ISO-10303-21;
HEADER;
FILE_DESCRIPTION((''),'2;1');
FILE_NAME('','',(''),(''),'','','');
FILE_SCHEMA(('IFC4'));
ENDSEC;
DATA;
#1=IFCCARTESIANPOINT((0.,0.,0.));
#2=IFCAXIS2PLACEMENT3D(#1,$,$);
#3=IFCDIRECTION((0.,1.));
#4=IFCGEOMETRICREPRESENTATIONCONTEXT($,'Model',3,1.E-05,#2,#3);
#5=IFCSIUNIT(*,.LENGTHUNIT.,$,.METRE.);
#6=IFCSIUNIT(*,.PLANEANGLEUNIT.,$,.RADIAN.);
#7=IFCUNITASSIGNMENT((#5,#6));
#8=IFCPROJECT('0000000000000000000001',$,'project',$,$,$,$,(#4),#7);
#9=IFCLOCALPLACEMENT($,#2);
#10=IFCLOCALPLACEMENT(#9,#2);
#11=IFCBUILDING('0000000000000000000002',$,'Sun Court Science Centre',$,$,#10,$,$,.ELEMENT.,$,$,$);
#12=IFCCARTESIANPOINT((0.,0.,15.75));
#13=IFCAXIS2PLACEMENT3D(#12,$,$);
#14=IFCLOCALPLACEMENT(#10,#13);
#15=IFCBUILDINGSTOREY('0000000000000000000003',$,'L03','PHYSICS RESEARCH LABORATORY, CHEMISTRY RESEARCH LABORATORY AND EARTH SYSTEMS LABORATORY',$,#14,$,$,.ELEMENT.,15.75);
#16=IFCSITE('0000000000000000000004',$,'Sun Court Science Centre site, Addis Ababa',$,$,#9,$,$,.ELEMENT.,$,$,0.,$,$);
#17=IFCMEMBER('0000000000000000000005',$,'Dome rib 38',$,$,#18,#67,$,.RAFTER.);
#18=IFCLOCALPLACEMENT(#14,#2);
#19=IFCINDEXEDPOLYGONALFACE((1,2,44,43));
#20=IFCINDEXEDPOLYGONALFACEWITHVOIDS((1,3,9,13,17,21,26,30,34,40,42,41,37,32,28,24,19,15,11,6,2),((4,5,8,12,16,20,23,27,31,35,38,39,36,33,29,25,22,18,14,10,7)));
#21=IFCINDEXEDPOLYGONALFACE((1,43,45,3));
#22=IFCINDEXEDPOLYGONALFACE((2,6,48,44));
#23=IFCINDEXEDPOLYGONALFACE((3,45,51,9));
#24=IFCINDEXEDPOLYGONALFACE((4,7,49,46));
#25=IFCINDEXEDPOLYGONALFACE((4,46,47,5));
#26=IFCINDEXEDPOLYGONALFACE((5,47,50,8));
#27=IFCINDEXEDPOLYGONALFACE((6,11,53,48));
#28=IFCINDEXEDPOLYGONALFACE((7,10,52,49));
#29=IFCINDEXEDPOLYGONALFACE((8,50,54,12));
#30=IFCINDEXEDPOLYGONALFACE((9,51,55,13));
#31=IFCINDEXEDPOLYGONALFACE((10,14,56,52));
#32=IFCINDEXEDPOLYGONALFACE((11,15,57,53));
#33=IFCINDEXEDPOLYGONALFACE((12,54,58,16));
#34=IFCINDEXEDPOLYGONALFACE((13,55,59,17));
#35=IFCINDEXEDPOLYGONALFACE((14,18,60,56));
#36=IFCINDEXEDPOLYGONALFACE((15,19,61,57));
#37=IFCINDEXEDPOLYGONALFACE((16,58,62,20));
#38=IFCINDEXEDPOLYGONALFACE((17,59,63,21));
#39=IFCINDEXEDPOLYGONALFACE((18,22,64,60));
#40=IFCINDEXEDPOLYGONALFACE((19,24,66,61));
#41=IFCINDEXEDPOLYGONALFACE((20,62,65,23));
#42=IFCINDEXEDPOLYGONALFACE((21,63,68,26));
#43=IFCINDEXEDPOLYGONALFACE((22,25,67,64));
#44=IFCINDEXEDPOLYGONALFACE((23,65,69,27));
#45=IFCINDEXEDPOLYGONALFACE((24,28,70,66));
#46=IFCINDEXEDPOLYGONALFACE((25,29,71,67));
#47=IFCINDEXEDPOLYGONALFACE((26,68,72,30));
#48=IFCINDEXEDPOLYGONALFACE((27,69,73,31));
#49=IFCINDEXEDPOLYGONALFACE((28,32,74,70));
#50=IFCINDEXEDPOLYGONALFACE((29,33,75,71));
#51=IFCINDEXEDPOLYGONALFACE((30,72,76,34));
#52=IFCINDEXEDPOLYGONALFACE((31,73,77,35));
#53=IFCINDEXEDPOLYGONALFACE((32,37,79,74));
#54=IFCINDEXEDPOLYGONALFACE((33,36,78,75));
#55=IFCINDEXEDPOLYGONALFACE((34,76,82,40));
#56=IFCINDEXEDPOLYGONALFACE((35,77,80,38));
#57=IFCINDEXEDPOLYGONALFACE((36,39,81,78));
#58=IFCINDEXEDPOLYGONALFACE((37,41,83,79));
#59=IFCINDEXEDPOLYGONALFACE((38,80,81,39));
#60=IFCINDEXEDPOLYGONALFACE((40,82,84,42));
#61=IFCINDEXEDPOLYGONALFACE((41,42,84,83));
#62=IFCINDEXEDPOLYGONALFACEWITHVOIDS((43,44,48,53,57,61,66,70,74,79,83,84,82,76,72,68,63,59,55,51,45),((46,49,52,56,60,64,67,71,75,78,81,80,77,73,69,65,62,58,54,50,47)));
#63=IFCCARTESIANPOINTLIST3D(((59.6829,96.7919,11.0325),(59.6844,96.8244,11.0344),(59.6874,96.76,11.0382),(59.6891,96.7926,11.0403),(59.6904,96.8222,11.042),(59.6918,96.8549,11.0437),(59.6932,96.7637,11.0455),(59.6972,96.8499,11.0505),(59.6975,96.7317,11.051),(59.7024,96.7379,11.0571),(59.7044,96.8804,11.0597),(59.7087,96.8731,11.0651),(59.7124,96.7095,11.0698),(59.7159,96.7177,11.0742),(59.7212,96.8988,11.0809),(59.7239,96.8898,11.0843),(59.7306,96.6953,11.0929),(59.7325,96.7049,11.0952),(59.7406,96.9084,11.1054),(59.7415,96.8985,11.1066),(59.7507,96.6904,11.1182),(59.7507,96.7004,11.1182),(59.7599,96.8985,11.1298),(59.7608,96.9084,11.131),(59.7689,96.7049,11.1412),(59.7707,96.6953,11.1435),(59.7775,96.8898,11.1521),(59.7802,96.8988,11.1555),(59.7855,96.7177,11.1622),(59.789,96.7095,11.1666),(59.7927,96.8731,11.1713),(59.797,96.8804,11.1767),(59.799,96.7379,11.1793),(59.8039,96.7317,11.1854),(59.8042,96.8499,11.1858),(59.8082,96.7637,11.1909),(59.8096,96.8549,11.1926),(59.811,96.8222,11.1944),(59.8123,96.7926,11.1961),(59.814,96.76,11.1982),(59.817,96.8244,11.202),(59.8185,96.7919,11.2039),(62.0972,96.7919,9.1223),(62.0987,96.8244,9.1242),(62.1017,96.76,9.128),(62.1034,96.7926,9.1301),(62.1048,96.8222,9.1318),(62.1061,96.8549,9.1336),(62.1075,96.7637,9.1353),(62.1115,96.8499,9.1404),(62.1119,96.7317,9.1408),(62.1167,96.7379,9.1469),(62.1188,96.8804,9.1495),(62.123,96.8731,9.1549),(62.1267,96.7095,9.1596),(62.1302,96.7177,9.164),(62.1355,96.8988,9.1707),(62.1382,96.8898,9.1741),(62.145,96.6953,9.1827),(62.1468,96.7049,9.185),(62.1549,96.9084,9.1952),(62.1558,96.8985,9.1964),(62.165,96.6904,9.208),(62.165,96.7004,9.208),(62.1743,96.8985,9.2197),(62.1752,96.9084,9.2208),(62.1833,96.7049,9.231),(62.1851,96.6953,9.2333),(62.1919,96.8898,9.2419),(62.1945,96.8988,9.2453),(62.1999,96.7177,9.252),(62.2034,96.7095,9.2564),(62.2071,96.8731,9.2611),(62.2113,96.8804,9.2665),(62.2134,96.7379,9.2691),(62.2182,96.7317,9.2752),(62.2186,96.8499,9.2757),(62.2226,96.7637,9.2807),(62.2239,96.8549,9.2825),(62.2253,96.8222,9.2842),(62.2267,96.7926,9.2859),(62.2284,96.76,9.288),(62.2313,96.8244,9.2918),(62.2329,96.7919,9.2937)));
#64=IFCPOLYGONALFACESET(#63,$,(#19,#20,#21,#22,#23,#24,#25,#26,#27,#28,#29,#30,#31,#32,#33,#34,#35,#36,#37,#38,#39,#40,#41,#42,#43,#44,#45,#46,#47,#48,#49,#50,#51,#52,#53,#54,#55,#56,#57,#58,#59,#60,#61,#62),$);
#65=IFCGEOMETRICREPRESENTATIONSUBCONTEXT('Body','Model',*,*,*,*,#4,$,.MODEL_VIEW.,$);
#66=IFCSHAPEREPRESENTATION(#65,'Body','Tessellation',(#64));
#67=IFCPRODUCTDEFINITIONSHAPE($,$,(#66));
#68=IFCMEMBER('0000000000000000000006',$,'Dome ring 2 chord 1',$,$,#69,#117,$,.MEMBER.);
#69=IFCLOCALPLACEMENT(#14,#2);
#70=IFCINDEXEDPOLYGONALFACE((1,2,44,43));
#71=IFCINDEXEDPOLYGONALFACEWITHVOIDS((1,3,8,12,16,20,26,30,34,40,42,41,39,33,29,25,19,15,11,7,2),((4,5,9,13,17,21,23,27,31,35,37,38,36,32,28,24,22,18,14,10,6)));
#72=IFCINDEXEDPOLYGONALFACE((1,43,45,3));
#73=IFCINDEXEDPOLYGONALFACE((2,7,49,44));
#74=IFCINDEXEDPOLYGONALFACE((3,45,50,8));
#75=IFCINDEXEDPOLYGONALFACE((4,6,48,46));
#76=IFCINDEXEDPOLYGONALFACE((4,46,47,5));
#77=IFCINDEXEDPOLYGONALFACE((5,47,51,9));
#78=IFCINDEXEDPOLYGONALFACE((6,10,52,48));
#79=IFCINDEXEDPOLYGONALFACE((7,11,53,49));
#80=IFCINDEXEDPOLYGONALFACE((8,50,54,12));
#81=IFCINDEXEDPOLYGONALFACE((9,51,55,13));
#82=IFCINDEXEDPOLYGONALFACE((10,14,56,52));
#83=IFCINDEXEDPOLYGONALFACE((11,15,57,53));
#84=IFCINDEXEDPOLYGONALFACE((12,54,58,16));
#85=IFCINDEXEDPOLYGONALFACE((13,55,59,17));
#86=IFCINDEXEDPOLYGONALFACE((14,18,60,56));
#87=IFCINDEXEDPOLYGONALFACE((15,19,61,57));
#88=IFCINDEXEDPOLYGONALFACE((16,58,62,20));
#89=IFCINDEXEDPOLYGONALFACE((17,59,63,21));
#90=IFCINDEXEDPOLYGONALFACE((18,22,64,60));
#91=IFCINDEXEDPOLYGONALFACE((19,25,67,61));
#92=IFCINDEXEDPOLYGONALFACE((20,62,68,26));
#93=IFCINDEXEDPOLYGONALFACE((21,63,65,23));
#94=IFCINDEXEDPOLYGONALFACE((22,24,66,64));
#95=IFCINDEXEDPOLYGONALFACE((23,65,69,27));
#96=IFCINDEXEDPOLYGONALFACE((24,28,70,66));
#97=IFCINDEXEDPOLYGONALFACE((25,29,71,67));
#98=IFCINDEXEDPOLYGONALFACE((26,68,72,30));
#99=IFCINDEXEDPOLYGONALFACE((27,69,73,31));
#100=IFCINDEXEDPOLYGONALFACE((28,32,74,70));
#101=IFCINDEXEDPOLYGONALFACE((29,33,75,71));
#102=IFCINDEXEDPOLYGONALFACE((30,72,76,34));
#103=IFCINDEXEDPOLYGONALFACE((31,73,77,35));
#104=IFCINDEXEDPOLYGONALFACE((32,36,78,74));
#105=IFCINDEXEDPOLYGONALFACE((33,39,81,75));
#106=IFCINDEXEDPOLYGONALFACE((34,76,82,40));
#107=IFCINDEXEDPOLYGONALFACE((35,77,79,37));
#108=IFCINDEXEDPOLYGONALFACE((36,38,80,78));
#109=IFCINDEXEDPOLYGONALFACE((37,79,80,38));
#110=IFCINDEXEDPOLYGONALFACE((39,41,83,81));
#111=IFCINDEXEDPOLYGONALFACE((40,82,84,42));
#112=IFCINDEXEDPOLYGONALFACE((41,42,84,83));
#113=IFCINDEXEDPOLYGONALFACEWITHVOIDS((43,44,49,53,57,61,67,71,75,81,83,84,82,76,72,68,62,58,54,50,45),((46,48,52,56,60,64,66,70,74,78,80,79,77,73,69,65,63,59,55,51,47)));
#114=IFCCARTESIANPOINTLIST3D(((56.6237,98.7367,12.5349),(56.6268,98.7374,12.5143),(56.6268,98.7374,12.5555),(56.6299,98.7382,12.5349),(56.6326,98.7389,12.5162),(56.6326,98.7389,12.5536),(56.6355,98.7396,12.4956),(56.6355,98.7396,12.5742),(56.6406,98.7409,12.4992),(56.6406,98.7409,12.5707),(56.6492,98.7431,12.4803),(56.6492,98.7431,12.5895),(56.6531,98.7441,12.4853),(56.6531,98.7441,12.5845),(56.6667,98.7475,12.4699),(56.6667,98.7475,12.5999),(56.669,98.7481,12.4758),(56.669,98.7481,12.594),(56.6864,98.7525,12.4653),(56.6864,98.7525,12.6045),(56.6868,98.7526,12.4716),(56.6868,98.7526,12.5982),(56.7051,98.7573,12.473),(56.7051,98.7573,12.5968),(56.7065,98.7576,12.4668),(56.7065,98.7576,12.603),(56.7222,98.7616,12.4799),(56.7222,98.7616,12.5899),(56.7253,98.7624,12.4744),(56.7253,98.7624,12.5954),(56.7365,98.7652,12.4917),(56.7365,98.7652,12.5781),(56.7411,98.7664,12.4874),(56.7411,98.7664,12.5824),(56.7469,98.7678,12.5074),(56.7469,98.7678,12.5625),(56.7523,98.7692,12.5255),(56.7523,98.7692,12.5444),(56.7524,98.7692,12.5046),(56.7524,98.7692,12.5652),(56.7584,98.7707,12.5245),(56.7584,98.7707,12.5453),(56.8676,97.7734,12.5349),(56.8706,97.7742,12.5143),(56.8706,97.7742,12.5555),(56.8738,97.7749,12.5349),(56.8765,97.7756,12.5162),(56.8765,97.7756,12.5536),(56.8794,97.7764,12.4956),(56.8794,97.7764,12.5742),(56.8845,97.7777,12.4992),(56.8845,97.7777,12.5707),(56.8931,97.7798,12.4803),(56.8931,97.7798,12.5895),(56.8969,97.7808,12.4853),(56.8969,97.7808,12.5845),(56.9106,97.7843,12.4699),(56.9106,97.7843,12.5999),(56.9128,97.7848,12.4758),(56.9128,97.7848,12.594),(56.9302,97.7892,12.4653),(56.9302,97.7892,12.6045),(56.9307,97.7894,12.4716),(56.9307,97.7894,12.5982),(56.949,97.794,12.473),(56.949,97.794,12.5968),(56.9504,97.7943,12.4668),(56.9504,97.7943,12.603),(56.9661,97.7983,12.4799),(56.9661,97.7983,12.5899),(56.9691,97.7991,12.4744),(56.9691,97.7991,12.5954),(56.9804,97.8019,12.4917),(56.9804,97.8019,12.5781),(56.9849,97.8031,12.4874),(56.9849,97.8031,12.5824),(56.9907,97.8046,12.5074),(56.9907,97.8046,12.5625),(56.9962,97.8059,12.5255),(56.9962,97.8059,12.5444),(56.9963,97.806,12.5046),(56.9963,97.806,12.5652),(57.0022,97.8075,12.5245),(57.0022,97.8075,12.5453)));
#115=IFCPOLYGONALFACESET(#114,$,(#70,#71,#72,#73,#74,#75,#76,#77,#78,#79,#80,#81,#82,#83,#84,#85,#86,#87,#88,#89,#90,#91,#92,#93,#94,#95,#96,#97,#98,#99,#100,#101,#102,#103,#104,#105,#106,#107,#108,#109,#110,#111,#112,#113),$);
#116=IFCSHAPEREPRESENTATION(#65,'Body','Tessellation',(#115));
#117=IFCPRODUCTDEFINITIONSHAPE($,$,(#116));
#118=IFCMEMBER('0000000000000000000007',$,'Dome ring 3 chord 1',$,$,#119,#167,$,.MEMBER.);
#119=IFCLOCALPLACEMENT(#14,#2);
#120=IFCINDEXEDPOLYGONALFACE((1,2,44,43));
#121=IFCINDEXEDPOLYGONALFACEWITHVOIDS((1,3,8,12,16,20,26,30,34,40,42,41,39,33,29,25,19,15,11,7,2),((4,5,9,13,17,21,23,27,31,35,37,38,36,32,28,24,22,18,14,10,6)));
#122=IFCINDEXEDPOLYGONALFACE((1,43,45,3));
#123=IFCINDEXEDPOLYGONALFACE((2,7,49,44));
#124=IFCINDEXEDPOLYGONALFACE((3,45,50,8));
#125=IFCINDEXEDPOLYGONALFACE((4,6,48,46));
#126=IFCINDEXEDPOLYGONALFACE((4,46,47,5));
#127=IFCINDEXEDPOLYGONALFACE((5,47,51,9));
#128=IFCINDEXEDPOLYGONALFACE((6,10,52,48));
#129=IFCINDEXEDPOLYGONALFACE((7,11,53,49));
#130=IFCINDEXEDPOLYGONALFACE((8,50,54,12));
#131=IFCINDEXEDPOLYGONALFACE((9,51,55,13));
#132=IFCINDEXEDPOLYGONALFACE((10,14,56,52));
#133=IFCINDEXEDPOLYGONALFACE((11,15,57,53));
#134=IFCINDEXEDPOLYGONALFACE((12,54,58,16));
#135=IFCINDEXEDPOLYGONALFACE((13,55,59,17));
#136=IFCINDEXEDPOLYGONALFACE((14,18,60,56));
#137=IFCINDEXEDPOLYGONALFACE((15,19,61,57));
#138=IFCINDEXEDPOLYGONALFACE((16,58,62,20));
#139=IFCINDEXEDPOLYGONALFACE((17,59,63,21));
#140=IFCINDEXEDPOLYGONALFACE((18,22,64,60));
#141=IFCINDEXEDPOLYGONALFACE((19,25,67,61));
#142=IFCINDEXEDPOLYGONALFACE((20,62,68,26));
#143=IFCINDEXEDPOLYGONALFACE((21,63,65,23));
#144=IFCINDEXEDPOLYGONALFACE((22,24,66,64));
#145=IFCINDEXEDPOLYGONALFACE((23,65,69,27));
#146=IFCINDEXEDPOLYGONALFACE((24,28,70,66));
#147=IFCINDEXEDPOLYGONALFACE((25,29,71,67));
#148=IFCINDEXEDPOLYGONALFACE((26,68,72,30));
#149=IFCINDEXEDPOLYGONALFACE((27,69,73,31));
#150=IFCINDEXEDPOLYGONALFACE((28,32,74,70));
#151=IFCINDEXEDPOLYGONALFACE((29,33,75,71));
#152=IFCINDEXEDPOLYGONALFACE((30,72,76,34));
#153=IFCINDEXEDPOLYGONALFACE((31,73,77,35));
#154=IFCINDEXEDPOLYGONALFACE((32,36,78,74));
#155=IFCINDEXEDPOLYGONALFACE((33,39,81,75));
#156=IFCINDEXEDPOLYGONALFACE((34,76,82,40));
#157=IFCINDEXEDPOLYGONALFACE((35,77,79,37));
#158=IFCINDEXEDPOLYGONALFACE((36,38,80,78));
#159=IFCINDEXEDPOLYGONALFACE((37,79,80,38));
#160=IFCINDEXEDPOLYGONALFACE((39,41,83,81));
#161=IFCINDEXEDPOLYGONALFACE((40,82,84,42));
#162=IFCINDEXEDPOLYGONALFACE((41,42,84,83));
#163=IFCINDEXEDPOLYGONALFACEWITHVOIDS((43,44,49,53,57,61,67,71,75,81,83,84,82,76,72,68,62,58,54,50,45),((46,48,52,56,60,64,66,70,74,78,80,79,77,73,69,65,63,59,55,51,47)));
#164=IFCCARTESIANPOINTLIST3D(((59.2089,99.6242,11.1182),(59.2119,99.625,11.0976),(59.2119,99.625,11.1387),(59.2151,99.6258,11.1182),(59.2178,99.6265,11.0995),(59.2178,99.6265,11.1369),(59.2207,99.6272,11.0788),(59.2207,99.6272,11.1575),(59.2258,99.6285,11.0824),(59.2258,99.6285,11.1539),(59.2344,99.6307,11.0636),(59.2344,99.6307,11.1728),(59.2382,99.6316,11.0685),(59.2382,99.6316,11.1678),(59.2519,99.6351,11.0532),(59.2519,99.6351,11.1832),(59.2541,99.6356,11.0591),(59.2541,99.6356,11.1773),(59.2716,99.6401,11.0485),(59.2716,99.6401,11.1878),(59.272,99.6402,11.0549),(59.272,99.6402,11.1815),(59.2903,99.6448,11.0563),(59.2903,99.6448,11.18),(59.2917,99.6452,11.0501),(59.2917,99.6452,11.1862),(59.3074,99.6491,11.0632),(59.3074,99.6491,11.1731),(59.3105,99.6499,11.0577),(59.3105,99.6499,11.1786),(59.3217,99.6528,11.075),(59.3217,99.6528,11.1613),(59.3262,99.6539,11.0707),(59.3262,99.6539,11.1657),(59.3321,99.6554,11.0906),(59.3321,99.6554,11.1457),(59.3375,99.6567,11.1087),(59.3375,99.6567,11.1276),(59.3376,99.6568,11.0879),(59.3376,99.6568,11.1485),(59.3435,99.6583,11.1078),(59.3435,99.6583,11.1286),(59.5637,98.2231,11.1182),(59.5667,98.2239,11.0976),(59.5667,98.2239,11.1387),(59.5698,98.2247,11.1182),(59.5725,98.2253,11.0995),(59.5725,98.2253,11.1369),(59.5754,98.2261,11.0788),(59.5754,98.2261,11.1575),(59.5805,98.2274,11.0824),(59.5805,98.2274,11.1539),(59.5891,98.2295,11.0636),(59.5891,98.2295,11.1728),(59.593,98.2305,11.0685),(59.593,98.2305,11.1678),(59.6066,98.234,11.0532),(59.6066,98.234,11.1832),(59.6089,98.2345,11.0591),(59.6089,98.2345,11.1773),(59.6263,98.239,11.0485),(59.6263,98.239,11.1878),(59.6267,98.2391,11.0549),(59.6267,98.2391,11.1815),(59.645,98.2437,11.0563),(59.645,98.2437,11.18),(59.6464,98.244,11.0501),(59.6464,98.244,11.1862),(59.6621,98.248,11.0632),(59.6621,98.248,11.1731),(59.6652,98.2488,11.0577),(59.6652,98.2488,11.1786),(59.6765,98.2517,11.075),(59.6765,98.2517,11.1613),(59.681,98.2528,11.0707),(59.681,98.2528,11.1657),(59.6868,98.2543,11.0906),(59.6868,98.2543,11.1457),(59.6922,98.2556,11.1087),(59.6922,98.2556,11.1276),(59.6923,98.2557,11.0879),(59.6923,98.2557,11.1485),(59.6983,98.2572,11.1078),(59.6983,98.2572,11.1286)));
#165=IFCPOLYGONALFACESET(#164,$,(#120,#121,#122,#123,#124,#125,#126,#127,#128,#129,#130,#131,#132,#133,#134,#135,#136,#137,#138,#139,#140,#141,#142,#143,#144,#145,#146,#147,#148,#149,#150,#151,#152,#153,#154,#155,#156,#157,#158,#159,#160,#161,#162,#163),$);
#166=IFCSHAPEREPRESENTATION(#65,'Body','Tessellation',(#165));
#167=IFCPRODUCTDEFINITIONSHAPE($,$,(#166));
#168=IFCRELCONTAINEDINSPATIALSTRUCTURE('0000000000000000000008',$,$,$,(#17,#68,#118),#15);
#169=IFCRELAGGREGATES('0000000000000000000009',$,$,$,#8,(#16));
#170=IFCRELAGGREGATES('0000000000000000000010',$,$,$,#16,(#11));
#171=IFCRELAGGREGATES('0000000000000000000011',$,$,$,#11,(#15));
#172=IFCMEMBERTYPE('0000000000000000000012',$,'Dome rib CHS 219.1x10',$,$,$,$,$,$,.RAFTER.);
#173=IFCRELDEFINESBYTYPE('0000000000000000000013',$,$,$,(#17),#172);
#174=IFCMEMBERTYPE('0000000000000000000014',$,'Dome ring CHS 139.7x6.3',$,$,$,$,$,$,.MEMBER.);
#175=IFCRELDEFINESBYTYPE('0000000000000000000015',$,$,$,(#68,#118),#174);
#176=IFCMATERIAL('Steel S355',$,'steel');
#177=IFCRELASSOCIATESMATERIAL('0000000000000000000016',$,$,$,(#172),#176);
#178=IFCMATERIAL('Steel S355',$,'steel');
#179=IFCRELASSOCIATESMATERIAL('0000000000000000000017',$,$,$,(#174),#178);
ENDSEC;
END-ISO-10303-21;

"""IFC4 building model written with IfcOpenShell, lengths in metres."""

from ifc_helpers import new_model, si_unit, direction, frame, origin, origin_2d, place, context, subcontext, project, spatial, hollow_circle, extrude, material, material_profile, profile_set, type_object, element, save


model = new_model("IFC4")

# Units and contexts
model_context = context("Model", 3, precision=1e-05, world=origin(), true_north=direction((0.0, 1.0)))
body_context = subcontext(model_context, "Body", "Model", "MODEL_VIEW")
ifc_project = project(units=[si_unit("LENGTHUNIT", "METRE"), si_unit("PLANEANGLEUNIT", "RADIAN")], contexts=[model_context])

# Site, building, storey
site_placement = place(None, origin())
site = spatial("IfcSite", under=ifc_project, at=site_placement, Name="Sun Court Science Centre site, Addis Ababa", CompositionType="ELEMENT", RefElevation=0.0)
building_placement = place(site_placement, origin())
building = spatial("IfcBuilding", under=site, at=building_placement, Name="Sun Court Science Centre", CompositionType="ELEMENT")
storey_placement = place(building_placement, frame((0.0, 0.0, 15.75)))
storey = spatial("IfcBuildingStorey", under=building, at=storey_placement, Name="L03", Description="PHYSICS RESEARCH LABORATORY, CHEMISTRY RESEARCH LABORATORY AND EARTH SYSTEMS LABORATORY", CompositionType="ELEMENT", Elevation=15.75)

# Members
ifc_material_1 = material(Name="Steel S355", Category="steel")
ifc_material_profile_1 = material_profile(ifc_material_1, hollow_circle(Radius=0.1096, WallThickness=0.01, at=origin_2d()), Name="CHS 219.1x10")
ifc_profile_set_1 = profile_set([ifc_material_profile_1], Name="Steel S355")
member_type_1 = type_object("IfcMemberType", Name="Dome rib CHS 219.1x10", PredefinedType="RAFTER", material=ifc_profile_set_1)
member_1_placement = place(storey_placement, frame((62.165, 96.8, 9.208), z_axis=(-0.784231, 0.0, 0.620469), x_axis=(0.0, -1.0, 0.0)))
element("IfcMember", 1, at=member_1_placement, inside=storey, type_object=member_type_1, Name="Dome rib 38", PredefinedType="RAFTER", context=body_context, shape_type="SweptSolid", body=[
    extrude(hollow_circle(Radius=0.1096, WallThickness=0.01, at=origin_2d()), origin(), (0.0, 0.0, 1.0), 3.0786),
])
ifc_material_2 = material(Name="Steel S355", Category="steel")
ifc_material_profile_2 = material_profile(ifc_material_2, hollow_circle(Radius=0.0698, WallThickness=0.0063, at=origin_2d()), Name="CHS 139.7x6.3")
ifc_profile_set_2 = profile_set([ifc_material_profile_2], Name="Steel S355")
member_type_2 = type_object("IfcMemberType", Name="Dome ring CHS 139.7x6.3", PredefinedType="MEMBER", material=ifc_profile_set_2)
member_2_placement = place(storey_placement, frame((56.9353, 97.7905, 12.5349), z_axis=(-0.245425, 0.969416, 0.0), x_axis=(-0.969416, -0.245425, 0.0)))
element("IfcMember", 2, at=member_2_placement, inside=storey, type_object=member_type_2, Name="Dome ring 2 chord 1", PredefinedType="MEMBER", context=body_context, shape_type="SweptSolid", body=[
    extrude(hollow_circle(Radius=0.0698, WallThickness=0.0063, at=origin_2d()), origin(), (0.0, 0.0, 1.0), 0.9937),
])
member_3_placement = place(storey_placement, frame((59.6313, 98.2402, 11.1182), z_axis=(-0.245436, 0.969413, 0.0), x_axis=(-0.969413, -0.245436, 0.0)))
element("IfcMember", 3, at=member_3_placement, inside=storey, type_object=member_type_2, Name="Dome ring 3 chord 1", PredefinedType="MEMBER", context=body_context, shape_type="SweptSolid", body=[
    extrude(hollow_circle(Radius=0.0698, WallThickness=0.0063, at=origin_2d()), origin(), (0.0, 0.0, 1.0), 1.4453),
])

save(model, "model.ifc")
